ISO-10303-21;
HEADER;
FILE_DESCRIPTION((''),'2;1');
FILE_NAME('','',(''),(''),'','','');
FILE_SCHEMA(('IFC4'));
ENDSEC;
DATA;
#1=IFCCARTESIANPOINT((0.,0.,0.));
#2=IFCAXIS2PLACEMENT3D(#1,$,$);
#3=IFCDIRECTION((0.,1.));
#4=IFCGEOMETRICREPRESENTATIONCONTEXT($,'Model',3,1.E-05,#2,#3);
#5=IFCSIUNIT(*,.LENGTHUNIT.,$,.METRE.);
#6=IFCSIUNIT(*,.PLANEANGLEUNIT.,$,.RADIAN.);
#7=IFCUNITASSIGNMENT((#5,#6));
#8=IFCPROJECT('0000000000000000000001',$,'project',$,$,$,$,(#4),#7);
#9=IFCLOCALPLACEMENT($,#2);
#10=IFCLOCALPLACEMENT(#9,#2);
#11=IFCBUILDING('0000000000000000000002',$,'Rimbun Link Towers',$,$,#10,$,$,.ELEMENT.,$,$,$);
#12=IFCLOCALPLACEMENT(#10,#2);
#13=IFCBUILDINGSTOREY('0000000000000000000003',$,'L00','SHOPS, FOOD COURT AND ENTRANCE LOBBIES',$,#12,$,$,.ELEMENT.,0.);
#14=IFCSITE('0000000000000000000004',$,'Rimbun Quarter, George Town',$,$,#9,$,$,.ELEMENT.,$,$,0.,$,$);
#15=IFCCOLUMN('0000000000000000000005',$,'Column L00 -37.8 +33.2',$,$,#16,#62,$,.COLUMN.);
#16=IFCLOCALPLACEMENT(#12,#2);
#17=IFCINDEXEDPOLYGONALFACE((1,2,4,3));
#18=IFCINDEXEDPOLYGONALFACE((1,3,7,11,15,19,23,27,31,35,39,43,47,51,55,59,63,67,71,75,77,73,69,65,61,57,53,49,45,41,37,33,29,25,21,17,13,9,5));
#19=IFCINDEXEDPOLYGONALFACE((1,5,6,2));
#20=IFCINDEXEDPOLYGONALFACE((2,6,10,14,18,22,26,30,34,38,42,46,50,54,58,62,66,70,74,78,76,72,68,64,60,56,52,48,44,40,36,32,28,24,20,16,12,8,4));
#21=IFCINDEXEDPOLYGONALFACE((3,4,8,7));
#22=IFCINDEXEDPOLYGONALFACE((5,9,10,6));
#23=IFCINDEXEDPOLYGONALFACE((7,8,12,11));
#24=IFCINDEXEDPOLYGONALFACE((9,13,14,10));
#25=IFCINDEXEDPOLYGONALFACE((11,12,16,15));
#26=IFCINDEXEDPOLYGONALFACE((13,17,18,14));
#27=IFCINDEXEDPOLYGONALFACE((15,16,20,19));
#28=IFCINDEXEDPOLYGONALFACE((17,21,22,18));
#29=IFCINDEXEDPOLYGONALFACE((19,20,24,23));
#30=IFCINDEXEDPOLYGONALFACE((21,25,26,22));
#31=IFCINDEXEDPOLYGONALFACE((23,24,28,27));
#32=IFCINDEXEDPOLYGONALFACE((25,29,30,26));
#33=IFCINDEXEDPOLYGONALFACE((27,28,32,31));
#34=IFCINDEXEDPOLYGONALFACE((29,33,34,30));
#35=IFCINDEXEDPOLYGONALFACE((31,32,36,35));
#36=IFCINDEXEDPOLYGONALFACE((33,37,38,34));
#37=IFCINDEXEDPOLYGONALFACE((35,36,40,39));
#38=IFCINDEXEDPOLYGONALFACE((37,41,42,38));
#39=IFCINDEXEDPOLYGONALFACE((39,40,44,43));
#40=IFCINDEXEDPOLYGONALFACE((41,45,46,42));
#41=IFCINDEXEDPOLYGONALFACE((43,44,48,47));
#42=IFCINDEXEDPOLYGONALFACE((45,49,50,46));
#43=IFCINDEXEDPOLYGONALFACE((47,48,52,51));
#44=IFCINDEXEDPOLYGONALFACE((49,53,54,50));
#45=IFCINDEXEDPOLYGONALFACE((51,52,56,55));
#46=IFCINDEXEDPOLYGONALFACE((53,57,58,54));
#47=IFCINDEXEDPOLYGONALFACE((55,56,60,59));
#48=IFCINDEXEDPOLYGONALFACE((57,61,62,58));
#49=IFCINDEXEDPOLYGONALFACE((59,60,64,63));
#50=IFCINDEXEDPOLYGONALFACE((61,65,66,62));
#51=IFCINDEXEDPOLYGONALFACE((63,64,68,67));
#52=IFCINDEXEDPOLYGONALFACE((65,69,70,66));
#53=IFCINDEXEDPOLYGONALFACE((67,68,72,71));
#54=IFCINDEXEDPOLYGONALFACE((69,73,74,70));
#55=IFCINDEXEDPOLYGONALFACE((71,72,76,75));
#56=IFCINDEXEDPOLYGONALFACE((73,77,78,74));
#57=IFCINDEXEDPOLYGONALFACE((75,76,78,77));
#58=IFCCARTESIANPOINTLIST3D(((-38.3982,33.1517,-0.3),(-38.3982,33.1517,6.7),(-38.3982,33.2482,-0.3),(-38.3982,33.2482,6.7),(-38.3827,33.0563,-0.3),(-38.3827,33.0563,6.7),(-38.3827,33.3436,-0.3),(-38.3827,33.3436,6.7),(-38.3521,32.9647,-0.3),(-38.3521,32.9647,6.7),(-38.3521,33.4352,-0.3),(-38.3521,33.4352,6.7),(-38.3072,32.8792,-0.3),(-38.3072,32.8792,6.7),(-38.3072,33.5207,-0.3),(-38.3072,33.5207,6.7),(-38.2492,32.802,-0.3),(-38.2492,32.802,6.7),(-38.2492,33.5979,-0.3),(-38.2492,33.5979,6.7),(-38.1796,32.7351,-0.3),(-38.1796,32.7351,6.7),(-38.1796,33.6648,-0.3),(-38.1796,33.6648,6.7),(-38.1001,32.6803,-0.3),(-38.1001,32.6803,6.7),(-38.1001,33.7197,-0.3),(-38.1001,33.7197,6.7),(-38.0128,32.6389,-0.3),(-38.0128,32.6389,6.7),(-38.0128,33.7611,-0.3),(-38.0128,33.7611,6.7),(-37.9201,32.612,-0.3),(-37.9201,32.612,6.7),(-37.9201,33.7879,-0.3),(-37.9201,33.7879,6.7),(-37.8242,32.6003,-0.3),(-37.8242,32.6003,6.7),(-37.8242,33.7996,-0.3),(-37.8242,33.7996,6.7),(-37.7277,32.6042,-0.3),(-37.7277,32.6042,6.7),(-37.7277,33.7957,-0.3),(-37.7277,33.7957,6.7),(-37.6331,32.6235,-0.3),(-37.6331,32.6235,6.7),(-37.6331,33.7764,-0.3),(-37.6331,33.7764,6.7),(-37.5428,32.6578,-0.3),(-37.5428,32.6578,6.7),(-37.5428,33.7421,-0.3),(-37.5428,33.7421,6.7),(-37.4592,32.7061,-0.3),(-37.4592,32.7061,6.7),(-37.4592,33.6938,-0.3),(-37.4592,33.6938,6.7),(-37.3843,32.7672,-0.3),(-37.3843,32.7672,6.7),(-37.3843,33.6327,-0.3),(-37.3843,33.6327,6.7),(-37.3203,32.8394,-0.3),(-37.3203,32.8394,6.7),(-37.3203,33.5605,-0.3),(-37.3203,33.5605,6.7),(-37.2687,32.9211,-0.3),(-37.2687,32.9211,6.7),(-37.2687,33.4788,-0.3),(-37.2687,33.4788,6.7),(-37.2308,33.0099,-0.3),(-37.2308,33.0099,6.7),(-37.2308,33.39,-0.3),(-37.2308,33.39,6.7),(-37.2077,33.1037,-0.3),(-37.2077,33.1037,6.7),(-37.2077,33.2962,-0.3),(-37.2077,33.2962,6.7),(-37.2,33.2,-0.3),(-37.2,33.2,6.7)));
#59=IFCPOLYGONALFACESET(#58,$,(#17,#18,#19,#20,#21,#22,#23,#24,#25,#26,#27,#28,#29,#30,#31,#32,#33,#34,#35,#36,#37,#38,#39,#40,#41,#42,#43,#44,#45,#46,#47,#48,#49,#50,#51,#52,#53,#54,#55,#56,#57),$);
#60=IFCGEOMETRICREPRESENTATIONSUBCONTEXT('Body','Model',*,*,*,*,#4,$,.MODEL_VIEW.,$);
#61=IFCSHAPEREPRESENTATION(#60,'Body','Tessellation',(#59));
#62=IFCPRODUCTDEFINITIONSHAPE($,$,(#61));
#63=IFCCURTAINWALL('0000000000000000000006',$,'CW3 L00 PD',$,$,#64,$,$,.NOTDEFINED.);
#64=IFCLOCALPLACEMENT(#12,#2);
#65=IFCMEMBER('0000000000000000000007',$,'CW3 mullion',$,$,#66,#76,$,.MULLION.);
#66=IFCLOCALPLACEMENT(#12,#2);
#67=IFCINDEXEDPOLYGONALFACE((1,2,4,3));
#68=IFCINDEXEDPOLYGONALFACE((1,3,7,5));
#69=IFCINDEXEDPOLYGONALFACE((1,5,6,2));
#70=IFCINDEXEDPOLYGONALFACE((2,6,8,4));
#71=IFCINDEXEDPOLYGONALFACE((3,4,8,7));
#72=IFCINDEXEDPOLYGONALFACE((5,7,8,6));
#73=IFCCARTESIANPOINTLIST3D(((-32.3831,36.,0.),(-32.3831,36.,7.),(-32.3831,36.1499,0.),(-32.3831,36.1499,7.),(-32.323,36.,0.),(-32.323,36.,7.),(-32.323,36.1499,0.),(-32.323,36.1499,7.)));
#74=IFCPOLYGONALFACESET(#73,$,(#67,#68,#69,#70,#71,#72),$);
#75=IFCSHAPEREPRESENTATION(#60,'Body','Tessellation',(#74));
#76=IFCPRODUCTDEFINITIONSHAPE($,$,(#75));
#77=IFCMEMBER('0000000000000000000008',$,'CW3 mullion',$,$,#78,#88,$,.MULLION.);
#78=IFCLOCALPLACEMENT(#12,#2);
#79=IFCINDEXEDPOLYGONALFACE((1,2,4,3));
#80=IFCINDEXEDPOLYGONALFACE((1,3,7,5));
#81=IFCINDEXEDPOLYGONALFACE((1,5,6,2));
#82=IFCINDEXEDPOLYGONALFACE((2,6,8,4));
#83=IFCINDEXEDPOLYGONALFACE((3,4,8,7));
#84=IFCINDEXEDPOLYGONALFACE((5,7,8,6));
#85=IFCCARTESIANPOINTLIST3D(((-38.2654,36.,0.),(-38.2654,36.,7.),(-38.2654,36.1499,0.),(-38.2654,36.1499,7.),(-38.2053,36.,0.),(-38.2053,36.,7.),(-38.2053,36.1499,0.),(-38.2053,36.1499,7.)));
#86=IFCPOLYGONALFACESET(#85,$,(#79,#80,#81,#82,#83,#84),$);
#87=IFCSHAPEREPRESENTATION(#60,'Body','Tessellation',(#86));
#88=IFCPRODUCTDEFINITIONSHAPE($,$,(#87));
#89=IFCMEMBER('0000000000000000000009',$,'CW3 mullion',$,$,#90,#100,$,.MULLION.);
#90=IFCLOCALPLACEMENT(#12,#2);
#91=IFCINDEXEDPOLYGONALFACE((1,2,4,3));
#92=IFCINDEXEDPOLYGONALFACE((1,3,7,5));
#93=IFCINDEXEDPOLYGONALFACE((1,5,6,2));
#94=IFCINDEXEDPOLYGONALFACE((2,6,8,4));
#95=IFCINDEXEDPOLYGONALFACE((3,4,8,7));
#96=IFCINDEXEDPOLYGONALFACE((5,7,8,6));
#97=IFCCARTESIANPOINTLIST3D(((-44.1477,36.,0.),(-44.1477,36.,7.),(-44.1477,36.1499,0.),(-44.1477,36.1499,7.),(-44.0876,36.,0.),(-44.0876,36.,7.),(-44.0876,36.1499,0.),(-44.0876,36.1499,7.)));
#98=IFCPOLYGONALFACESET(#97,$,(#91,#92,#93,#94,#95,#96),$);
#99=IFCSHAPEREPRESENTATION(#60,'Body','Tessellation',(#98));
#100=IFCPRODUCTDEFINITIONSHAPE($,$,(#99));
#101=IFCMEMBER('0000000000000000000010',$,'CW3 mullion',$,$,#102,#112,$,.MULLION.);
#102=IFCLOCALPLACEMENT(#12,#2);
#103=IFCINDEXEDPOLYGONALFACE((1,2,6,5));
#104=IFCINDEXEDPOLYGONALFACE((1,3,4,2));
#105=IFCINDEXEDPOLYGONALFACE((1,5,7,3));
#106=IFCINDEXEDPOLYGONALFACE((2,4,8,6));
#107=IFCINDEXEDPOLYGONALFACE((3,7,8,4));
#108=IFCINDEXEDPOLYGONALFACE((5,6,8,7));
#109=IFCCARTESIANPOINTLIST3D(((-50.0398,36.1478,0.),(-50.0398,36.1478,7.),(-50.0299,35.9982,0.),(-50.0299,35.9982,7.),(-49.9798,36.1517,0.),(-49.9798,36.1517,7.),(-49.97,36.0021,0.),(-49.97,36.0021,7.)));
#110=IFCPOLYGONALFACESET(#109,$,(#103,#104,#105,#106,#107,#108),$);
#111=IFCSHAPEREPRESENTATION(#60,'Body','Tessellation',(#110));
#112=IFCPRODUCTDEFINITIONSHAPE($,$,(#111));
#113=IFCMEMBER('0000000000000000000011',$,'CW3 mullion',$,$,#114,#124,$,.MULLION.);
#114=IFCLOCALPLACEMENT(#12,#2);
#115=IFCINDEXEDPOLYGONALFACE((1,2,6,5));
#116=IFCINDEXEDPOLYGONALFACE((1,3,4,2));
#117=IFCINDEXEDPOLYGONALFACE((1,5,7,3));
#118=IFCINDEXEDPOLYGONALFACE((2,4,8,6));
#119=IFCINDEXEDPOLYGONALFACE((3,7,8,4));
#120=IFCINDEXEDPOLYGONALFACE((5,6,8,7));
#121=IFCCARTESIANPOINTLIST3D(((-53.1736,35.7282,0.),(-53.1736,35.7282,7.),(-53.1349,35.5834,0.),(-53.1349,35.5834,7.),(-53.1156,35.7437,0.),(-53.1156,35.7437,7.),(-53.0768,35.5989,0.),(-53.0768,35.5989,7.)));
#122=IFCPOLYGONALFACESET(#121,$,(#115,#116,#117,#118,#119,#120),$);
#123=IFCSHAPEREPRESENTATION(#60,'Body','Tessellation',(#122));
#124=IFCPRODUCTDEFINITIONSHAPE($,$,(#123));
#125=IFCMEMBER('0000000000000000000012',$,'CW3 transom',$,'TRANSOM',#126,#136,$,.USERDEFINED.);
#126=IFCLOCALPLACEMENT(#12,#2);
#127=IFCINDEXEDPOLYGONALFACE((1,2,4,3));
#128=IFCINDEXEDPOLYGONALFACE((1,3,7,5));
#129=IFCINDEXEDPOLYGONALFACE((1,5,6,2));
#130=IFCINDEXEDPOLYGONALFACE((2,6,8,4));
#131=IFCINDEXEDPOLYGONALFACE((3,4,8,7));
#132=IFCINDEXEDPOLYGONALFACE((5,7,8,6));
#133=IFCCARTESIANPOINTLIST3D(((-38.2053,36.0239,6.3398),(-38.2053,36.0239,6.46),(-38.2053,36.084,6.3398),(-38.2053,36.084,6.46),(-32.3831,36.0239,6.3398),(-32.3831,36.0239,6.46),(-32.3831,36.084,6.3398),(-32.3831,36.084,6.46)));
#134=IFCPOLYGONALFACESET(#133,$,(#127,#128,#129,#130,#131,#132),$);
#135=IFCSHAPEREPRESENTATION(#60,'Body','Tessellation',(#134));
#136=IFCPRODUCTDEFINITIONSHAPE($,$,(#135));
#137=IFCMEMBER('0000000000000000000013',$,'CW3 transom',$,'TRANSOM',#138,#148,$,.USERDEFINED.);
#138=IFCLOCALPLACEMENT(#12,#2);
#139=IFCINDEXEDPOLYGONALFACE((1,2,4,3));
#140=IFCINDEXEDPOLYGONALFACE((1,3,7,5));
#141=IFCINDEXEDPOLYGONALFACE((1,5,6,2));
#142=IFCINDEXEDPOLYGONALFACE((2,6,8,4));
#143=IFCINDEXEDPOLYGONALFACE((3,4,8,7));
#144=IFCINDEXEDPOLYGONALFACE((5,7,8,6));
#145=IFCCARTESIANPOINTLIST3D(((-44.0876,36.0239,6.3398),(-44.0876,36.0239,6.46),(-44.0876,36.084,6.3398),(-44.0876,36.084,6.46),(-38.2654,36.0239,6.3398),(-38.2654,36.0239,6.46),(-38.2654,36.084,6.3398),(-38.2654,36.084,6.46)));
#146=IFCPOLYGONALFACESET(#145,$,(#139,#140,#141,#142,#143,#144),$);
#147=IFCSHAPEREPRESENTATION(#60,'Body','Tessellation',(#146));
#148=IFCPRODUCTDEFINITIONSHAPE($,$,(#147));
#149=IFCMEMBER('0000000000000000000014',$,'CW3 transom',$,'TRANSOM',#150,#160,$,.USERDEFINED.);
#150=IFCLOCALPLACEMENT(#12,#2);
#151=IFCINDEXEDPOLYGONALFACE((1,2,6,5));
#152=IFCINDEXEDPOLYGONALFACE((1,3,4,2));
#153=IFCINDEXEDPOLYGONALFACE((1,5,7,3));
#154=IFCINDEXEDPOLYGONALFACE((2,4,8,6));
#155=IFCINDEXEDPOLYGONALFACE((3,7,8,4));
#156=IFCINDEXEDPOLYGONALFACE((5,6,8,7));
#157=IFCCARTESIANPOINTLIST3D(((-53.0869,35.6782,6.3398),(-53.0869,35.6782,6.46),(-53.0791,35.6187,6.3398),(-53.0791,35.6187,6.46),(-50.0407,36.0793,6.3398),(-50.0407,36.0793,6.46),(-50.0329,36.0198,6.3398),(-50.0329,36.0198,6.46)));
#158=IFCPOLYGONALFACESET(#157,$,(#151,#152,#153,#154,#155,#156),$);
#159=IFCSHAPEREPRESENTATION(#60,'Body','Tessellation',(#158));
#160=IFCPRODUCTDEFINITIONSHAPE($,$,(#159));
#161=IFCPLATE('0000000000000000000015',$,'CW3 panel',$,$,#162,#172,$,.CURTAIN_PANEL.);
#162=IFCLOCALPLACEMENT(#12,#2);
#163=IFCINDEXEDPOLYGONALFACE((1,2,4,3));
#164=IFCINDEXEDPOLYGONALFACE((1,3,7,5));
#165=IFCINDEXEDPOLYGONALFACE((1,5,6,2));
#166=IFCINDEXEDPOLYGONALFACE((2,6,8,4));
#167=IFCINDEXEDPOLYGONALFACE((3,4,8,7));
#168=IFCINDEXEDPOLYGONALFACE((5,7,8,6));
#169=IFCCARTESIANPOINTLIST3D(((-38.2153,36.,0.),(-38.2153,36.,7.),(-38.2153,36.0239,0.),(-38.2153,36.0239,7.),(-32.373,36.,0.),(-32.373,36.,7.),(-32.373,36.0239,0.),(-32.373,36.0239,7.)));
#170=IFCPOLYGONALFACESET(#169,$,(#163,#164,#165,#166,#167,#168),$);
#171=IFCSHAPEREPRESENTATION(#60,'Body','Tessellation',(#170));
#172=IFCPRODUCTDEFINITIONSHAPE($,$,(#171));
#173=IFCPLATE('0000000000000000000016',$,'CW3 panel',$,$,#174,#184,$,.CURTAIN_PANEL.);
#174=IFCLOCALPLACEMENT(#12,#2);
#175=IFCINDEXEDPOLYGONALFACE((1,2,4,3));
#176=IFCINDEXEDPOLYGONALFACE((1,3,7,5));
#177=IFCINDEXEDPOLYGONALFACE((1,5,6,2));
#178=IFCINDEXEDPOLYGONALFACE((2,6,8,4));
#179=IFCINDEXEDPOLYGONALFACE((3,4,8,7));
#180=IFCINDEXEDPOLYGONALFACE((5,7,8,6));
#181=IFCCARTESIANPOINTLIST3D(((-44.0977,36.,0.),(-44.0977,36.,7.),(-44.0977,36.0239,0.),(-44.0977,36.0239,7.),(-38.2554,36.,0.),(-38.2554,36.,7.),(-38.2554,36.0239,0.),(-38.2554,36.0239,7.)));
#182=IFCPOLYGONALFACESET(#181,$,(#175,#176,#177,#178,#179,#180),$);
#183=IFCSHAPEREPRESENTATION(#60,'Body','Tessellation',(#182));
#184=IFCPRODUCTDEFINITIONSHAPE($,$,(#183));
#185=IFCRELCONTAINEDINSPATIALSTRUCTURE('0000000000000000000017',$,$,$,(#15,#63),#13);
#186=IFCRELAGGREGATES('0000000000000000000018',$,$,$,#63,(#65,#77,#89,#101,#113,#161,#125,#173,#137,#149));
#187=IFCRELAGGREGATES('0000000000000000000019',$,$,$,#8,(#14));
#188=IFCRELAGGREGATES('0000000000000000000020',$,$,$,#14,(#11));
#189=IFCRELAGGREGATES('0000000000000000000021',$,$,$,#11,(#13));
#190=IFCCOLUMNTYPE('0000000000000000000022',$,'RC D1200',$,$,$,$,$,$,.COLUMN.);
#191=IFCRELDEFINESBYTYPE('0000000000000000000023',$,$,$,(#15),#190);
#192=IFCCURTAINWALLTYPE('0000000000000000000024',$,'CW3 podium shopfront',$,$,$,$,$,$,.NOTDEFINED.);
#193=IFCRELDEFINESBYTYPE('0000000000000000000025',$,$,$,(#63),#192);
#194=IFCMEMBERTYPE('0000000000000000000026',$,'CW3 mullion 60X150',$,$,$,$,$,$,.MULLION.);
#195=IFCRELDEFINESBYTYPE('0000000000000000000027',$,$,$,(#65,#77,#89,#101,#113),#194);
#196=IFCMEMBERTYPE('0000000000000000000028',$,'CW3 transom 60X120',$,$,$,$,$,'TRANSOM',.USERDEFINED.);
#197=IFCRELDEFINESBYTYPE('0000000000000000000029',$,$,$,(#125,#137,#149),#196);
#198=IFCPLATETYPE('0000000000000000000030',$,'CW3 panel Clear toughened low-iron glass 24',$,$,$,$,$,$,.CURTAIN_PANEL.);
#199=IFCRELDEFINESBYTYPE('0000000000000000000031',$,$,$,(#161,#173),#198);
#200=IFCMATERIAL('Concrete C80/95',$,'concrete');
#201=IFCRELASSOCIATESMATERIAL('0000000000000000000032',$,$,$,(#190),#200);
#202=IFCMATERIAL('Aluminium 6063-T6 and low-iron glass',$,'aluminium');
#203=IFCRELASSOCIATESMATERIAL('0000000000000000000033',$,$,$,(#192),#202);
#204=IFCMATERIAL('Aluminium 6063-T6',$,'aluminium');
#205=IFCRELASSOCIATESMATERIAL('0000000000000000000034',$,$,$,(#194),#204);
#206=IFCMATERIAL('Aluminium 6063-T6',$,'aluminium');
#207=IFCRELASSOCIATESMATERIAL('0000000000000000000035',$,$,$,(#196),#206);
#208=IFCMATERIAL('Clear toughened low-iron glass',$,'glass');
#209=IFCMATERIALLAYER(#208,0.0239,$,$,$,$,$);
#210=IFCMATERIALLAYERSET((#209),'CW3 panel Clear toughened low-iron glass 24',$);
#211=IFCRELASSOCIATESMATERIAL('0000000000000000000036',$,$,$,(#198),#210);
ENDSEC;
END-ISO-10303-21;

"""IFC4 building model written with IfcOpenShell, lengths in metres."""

from ifc_helpers import new_model, si_unit, direction, frame, origin, origin_2d, place, context, subcontext, project, spatial, rectangle, circle, extrude, material, layer, layer_set, material_profile, profile_set, type_object, element, aggregate, save


model = new_model("IFC4")

# Units and contexts
model_context = context("Model", 3, precision=1e-05, world=origin(), true_north=direction((0.0, 1.0)))
body_context = subcontext(model_context, "Body", "Model", "MODEL_VIEW")
ifc_project = project(units=[si_unit("LENGTHUNIT", "METRE"), si_unit("PLANEANGLEUNIT", "RADIAN")], contexts=[model_context])

# Site, building, storey
site_placement = place(None, origin())
site = spatial("IfcSite", under=ifc_project, at=site_placement, Name="Rimbun Quarter, George Town", CompositionType="ELEMENT", RefElevation=0.0)
building_placement = place(site_placement, origin())
building = spatial("IfcBuilding", under=site, at=building_placement, Name="Rimbun Link Towers", CompositionType="ELEMENT")
storey_placement = place(building_placement, origin())
storey = spatial("IfcBuildingStorey", under=building, at=storey_placement, Name="L00", Description="SHOPS, FOOD COURT AND ENTRANCE LOBBIES", CompositionType="ELEMENT", Elevation=0.0)

# Column
ifc_material_1 = material(Name="Concrete C80/95", Category="concrete")
ifc_material_profile_1 = material_profile(ifc_material_1, circle(Radius=0.6001, at=origin_2d()), Name="RC D1200")
ifc_profile_set_1 = profile_set([ifc_material_profile_1], Name="Concrete C80/95")
column_type = type_object("IfcColumnType", Name="RC D1200", PredefinedType="COLUMN", material=ifc_profile_set_1)
column_placement = place(storey_placement, frame((-37.8, 33.2, -0.3), z_axis=(0.0, 0.0, 1.0), x_axis=(1.0, 0.0, 0.0)))
element("IfcColumn", 1, at=column_placement, inside=storey, type_object=column_type, Name="Column L00 -37.8 +33.2", PredefinedType="COLUMN", context=body_context, shape_type="SweptSolid", body=[
    extrude(circle(Radius=0.6001, at=origin_2d()), origin(), (0.0, 0.0, 1.0), 7.0),
])

# Curtain wall, members, plates
ifc_material_2 = material(Name="Aluminium 6063-T6 and low-iron glass", Category="aluminium")
curtain_wall_type = type_object("IfcCurtainWallType", Name="CW3 podium shopfront", PredefinedType="NOTDEFINED", material=ifc_material_2)
curtain_wall_placement = place(storey_placement, origin())
curtain_wall = element("IfcCurtainWall", 2, at=curtain_wall_placement, inside=storey, type_object=curtain_wall_type, Name="CW3 L00 PD", PredefinedType="NOTDEFINED")
ifc_material_3 = material(Name="Aluminium 6063-T6", Category="aluminium")
ifc_material_profile_2 = material_profile(ifc_material_3, rectangle(XDim=0.1499, YDim=0.0601, at=origin_2d()), Name="MULLION 60X150")
ifc_profile_set_2 = profile_set([ifc_material_profile_2], Name="Aluminium 6063-T6")
member_type_1 = type_object("IfcMemberType", Name="CW3 mullion 60X150", PredefinedType="MULLION", material=ifc_profile_set_2)
member_1_placement = place(storey_placement, frame((-32.353, 36.075, 0.0), z_axis=(0.0, 0.0, 1.0), x_axis=(0.0, 1.0, 0.0)))
member_1 = element("IfcMember", 3, at=member_1_placement, type_object=member_type_1, Name="CW3 mullion", PredefinedType="MULLION", context=body_context, shape_type="SweptSolid", body=[
    extrude(rectangle(XDim=0.1499, YDim=0.0601, at=origin_2d()), origin(), (0.0, 0.0, 1.0), 7.0),
])
member_2_placement = place(storey_placement, frame((-38.2354, 36.075, 0.0), z_axis=(0.0, 0.0, 1.0), x_axis=(0.0, 1.0, 0.0)))
member_2 = element("IfcMember", 4, at=member_2_placement, type_object=member_type_1, Name="CW3 mullion", PredefinedType="MULLION", context=body_context, shape_type="SweptSolid", body=[
    extrude(rectangle(XDim=0.1499, YDim=0.0601, at=origin_2d()), origin(), (0.0, 0.0, 1.0), 7.0),
])
member_3_placement = place(storey_placement, frame((-44.1177, 36.075, 0.0), z_axis=(0.0, 0.0, 1.0), x_axis=(0.0, 1.0, 0.0)))
member_3 = element("IfcMember", 5, at=member_3_placement, type_object=member_type_1, Name="CW3 mullion", PredefinedType="MULLION", context=body_context, shape_type="SweptSolid", body=[
    extrude(rectangle(XDim=0.1499, YDim=0.0601, at=origin_2d()), origin(), (0.0, 0.0, 1.0), 7.0),
])
member_4_placement = place(storey_placement, frame((-50.0049, 36.075, 0.0), z_axis=(0.0, 0.0, 1.0), x_axis=(-0.065405, 0.997859, 0.0)))
member_4 = element("IfcMember", 6, at=member_4_placement, type_object=member_type_1, Name="CW3 mullion", PredefinedType="MULLION", context=body_context, shape_type="SweptSolid", body=[
    extrude(rectangle(XDim=0.1499, YDim=0.0601, at=origin_2d()), origin(), (0.0, 0.0, 1.0), 7.0),
])
member_5_placement = place(storey_placement, frame((-53.1252, 35.6636, 0.0), z_axis=(0.0, 0.0, 1.0), x_axis=(-0.258819, 0.965926, 0.0)))
member_5 = element("IfcMember", 7, at=member_5_placement, type_object=member_type_1, Name="CW3 mullion", PredefinedType="MULLION", context=body_context, shape_type="SweptSolid", body=[
    extrude(rectangle(XDim=0.1499, YDim=0.0601, at=origin_2d()), origin(), (0.0, 0.0, 1.0), 7.0),
])
ifc_material_4 = material(Name="Aluminium 6063-T6", Category="aluminium")
ifc_material_profile_3 = material_profile(ifc_material_4, rectangle(XDim=0.0601, YDim=0.1201, at=origin_2d()), Name="TRANSOM 60X120")
ifc_profile_set_3 = profile_set([ifc_material_profile_3], Name="Aluminium 6063-T6")
member_type_2 = type_object("IfcMemberType", Name="CW3 transom 60X120", ElementType="TRANSOM", PredefinedType="USERDEFINED", material=ifc_profile_set_3)
member_6_placement = place(storey_placement, frame((-38.2053, 36.054, 6.3999), z_axis=(1.0, 0.0, 0.0), x_axis=(0.0, 1.0, 0.0)))
member_6 = element("IfcMember", 8, at=member_6_placement, type_object=member_type_2, Name="CW3 transom", ObjectType="TRANSOM", PredefinedType="USERDEFINED", context=body_context, shape_type="SweptSolid", body=[
    extrude(rectangle(XDim=0.0601, YDim=0.1201, at=origin_2d()), origin(), (0.0, 0.0, 1.0), 5.8223),
])
member_7_placement = place(storey_placement, frame((-44.0876, 36.054, 6.3999), z_axis=(1.0, 0.0, 0.0), x_axis=(0.0, 1.0, 0.0)))
member_7 = element("IfcMember", 9, at=member_7_placement, type_object=member_type_2, Name="CW3 transom", ObjectType="TRANSOM", PredefinedType="USERDEFINED", context=body_context, shape_type="SweptSolid", body=[
    extrude(rectangle(XDim=0.0601, YDim=0.1201, at=origin_2d()), origin(), (0.0, 0.0, 1.0), 5.8223),
])
member_8_placement = place(storey_placement, frame((-53.083, 35.6484, 6.3999), z_axis=(0.991441, 0.130555, 0.0), x_axis=(-0.130555, 0.991441, 0.0)))
member_8 = element("IfcMember", 10, at=member_8_placement, type_object=member_type_2, Name="CW3 transom", ObjectType="TRANSOM", PredefinedType="USERDEFINED", context=body_context, shape_type="SweptSolid", body=[
    extrude(rectangle(XDim=0.0601, YDim=0.1201, at=origin_2d()), origin(), (0.0, 0.0, 1.0), 3.0725),
])
ifc_material_5 = material(Name="Clear toughened low-iron glass", Category="glass")
ifc_layer_1 = layer(ifc_material_5, 0.0239)
ifc_layer_set_1 = layer_set([ifc_layer_1], Name="CW3 panel Clear toughened low-iron glass 24")
plate_type = type_object("IfcPlateType", Name="CW3 panel Clear toughened low-iron glass 24", PredefinedType="CURTAIN_PANEL", material=ifc_layer_set_1)
plate_1_placement = place(storey_placement, frame((-35.2942, 36.012, 0.0), z_axis=(0.0, 0.0, 1.0), x_axis=(1.0, 0.0, 0.0)))
plate_1 = element("IfcPlate", 11, at=plate_1_placement, type_object=plate_type, Name="CW3 panel", PredefinedType="CURTAIN_PANEL", context=body_context, shape_type="SweptSolid", body=[
    extrude(rectangle(XDim=5.8423, YDim=0.0239, at=origin_2d()), origin(), (0.0, 0.0, 1.0), 7.0),
])
plate_2_placement = place(storey_placement, frame((-41.1765, 36.012, 0.0), z_axis=(0.0, 0.0, 1.0), x_axis=(1.0, 0.0, 0.0)))
plate_2 = element("IfcPlate", 12, at=plate_2_placement, type_object=plate_type, Name="CW3 panel", PredefinedType="CURTAIN_PANEL", context=body_context, shape_type="SweptSolid", body=[
    extrude(rectangle(XDim=5.8423, YDim=0.0239, at=origin_2d()), origin(), (0.0, 0.0, 1.0), 7.0),
])
aggregate(curtain_wall, [member_1, member_2, member_3, member_4, member_5, plate_1, member_6, plate_2, member_7, member_8])

save(model, "model.ifc")
